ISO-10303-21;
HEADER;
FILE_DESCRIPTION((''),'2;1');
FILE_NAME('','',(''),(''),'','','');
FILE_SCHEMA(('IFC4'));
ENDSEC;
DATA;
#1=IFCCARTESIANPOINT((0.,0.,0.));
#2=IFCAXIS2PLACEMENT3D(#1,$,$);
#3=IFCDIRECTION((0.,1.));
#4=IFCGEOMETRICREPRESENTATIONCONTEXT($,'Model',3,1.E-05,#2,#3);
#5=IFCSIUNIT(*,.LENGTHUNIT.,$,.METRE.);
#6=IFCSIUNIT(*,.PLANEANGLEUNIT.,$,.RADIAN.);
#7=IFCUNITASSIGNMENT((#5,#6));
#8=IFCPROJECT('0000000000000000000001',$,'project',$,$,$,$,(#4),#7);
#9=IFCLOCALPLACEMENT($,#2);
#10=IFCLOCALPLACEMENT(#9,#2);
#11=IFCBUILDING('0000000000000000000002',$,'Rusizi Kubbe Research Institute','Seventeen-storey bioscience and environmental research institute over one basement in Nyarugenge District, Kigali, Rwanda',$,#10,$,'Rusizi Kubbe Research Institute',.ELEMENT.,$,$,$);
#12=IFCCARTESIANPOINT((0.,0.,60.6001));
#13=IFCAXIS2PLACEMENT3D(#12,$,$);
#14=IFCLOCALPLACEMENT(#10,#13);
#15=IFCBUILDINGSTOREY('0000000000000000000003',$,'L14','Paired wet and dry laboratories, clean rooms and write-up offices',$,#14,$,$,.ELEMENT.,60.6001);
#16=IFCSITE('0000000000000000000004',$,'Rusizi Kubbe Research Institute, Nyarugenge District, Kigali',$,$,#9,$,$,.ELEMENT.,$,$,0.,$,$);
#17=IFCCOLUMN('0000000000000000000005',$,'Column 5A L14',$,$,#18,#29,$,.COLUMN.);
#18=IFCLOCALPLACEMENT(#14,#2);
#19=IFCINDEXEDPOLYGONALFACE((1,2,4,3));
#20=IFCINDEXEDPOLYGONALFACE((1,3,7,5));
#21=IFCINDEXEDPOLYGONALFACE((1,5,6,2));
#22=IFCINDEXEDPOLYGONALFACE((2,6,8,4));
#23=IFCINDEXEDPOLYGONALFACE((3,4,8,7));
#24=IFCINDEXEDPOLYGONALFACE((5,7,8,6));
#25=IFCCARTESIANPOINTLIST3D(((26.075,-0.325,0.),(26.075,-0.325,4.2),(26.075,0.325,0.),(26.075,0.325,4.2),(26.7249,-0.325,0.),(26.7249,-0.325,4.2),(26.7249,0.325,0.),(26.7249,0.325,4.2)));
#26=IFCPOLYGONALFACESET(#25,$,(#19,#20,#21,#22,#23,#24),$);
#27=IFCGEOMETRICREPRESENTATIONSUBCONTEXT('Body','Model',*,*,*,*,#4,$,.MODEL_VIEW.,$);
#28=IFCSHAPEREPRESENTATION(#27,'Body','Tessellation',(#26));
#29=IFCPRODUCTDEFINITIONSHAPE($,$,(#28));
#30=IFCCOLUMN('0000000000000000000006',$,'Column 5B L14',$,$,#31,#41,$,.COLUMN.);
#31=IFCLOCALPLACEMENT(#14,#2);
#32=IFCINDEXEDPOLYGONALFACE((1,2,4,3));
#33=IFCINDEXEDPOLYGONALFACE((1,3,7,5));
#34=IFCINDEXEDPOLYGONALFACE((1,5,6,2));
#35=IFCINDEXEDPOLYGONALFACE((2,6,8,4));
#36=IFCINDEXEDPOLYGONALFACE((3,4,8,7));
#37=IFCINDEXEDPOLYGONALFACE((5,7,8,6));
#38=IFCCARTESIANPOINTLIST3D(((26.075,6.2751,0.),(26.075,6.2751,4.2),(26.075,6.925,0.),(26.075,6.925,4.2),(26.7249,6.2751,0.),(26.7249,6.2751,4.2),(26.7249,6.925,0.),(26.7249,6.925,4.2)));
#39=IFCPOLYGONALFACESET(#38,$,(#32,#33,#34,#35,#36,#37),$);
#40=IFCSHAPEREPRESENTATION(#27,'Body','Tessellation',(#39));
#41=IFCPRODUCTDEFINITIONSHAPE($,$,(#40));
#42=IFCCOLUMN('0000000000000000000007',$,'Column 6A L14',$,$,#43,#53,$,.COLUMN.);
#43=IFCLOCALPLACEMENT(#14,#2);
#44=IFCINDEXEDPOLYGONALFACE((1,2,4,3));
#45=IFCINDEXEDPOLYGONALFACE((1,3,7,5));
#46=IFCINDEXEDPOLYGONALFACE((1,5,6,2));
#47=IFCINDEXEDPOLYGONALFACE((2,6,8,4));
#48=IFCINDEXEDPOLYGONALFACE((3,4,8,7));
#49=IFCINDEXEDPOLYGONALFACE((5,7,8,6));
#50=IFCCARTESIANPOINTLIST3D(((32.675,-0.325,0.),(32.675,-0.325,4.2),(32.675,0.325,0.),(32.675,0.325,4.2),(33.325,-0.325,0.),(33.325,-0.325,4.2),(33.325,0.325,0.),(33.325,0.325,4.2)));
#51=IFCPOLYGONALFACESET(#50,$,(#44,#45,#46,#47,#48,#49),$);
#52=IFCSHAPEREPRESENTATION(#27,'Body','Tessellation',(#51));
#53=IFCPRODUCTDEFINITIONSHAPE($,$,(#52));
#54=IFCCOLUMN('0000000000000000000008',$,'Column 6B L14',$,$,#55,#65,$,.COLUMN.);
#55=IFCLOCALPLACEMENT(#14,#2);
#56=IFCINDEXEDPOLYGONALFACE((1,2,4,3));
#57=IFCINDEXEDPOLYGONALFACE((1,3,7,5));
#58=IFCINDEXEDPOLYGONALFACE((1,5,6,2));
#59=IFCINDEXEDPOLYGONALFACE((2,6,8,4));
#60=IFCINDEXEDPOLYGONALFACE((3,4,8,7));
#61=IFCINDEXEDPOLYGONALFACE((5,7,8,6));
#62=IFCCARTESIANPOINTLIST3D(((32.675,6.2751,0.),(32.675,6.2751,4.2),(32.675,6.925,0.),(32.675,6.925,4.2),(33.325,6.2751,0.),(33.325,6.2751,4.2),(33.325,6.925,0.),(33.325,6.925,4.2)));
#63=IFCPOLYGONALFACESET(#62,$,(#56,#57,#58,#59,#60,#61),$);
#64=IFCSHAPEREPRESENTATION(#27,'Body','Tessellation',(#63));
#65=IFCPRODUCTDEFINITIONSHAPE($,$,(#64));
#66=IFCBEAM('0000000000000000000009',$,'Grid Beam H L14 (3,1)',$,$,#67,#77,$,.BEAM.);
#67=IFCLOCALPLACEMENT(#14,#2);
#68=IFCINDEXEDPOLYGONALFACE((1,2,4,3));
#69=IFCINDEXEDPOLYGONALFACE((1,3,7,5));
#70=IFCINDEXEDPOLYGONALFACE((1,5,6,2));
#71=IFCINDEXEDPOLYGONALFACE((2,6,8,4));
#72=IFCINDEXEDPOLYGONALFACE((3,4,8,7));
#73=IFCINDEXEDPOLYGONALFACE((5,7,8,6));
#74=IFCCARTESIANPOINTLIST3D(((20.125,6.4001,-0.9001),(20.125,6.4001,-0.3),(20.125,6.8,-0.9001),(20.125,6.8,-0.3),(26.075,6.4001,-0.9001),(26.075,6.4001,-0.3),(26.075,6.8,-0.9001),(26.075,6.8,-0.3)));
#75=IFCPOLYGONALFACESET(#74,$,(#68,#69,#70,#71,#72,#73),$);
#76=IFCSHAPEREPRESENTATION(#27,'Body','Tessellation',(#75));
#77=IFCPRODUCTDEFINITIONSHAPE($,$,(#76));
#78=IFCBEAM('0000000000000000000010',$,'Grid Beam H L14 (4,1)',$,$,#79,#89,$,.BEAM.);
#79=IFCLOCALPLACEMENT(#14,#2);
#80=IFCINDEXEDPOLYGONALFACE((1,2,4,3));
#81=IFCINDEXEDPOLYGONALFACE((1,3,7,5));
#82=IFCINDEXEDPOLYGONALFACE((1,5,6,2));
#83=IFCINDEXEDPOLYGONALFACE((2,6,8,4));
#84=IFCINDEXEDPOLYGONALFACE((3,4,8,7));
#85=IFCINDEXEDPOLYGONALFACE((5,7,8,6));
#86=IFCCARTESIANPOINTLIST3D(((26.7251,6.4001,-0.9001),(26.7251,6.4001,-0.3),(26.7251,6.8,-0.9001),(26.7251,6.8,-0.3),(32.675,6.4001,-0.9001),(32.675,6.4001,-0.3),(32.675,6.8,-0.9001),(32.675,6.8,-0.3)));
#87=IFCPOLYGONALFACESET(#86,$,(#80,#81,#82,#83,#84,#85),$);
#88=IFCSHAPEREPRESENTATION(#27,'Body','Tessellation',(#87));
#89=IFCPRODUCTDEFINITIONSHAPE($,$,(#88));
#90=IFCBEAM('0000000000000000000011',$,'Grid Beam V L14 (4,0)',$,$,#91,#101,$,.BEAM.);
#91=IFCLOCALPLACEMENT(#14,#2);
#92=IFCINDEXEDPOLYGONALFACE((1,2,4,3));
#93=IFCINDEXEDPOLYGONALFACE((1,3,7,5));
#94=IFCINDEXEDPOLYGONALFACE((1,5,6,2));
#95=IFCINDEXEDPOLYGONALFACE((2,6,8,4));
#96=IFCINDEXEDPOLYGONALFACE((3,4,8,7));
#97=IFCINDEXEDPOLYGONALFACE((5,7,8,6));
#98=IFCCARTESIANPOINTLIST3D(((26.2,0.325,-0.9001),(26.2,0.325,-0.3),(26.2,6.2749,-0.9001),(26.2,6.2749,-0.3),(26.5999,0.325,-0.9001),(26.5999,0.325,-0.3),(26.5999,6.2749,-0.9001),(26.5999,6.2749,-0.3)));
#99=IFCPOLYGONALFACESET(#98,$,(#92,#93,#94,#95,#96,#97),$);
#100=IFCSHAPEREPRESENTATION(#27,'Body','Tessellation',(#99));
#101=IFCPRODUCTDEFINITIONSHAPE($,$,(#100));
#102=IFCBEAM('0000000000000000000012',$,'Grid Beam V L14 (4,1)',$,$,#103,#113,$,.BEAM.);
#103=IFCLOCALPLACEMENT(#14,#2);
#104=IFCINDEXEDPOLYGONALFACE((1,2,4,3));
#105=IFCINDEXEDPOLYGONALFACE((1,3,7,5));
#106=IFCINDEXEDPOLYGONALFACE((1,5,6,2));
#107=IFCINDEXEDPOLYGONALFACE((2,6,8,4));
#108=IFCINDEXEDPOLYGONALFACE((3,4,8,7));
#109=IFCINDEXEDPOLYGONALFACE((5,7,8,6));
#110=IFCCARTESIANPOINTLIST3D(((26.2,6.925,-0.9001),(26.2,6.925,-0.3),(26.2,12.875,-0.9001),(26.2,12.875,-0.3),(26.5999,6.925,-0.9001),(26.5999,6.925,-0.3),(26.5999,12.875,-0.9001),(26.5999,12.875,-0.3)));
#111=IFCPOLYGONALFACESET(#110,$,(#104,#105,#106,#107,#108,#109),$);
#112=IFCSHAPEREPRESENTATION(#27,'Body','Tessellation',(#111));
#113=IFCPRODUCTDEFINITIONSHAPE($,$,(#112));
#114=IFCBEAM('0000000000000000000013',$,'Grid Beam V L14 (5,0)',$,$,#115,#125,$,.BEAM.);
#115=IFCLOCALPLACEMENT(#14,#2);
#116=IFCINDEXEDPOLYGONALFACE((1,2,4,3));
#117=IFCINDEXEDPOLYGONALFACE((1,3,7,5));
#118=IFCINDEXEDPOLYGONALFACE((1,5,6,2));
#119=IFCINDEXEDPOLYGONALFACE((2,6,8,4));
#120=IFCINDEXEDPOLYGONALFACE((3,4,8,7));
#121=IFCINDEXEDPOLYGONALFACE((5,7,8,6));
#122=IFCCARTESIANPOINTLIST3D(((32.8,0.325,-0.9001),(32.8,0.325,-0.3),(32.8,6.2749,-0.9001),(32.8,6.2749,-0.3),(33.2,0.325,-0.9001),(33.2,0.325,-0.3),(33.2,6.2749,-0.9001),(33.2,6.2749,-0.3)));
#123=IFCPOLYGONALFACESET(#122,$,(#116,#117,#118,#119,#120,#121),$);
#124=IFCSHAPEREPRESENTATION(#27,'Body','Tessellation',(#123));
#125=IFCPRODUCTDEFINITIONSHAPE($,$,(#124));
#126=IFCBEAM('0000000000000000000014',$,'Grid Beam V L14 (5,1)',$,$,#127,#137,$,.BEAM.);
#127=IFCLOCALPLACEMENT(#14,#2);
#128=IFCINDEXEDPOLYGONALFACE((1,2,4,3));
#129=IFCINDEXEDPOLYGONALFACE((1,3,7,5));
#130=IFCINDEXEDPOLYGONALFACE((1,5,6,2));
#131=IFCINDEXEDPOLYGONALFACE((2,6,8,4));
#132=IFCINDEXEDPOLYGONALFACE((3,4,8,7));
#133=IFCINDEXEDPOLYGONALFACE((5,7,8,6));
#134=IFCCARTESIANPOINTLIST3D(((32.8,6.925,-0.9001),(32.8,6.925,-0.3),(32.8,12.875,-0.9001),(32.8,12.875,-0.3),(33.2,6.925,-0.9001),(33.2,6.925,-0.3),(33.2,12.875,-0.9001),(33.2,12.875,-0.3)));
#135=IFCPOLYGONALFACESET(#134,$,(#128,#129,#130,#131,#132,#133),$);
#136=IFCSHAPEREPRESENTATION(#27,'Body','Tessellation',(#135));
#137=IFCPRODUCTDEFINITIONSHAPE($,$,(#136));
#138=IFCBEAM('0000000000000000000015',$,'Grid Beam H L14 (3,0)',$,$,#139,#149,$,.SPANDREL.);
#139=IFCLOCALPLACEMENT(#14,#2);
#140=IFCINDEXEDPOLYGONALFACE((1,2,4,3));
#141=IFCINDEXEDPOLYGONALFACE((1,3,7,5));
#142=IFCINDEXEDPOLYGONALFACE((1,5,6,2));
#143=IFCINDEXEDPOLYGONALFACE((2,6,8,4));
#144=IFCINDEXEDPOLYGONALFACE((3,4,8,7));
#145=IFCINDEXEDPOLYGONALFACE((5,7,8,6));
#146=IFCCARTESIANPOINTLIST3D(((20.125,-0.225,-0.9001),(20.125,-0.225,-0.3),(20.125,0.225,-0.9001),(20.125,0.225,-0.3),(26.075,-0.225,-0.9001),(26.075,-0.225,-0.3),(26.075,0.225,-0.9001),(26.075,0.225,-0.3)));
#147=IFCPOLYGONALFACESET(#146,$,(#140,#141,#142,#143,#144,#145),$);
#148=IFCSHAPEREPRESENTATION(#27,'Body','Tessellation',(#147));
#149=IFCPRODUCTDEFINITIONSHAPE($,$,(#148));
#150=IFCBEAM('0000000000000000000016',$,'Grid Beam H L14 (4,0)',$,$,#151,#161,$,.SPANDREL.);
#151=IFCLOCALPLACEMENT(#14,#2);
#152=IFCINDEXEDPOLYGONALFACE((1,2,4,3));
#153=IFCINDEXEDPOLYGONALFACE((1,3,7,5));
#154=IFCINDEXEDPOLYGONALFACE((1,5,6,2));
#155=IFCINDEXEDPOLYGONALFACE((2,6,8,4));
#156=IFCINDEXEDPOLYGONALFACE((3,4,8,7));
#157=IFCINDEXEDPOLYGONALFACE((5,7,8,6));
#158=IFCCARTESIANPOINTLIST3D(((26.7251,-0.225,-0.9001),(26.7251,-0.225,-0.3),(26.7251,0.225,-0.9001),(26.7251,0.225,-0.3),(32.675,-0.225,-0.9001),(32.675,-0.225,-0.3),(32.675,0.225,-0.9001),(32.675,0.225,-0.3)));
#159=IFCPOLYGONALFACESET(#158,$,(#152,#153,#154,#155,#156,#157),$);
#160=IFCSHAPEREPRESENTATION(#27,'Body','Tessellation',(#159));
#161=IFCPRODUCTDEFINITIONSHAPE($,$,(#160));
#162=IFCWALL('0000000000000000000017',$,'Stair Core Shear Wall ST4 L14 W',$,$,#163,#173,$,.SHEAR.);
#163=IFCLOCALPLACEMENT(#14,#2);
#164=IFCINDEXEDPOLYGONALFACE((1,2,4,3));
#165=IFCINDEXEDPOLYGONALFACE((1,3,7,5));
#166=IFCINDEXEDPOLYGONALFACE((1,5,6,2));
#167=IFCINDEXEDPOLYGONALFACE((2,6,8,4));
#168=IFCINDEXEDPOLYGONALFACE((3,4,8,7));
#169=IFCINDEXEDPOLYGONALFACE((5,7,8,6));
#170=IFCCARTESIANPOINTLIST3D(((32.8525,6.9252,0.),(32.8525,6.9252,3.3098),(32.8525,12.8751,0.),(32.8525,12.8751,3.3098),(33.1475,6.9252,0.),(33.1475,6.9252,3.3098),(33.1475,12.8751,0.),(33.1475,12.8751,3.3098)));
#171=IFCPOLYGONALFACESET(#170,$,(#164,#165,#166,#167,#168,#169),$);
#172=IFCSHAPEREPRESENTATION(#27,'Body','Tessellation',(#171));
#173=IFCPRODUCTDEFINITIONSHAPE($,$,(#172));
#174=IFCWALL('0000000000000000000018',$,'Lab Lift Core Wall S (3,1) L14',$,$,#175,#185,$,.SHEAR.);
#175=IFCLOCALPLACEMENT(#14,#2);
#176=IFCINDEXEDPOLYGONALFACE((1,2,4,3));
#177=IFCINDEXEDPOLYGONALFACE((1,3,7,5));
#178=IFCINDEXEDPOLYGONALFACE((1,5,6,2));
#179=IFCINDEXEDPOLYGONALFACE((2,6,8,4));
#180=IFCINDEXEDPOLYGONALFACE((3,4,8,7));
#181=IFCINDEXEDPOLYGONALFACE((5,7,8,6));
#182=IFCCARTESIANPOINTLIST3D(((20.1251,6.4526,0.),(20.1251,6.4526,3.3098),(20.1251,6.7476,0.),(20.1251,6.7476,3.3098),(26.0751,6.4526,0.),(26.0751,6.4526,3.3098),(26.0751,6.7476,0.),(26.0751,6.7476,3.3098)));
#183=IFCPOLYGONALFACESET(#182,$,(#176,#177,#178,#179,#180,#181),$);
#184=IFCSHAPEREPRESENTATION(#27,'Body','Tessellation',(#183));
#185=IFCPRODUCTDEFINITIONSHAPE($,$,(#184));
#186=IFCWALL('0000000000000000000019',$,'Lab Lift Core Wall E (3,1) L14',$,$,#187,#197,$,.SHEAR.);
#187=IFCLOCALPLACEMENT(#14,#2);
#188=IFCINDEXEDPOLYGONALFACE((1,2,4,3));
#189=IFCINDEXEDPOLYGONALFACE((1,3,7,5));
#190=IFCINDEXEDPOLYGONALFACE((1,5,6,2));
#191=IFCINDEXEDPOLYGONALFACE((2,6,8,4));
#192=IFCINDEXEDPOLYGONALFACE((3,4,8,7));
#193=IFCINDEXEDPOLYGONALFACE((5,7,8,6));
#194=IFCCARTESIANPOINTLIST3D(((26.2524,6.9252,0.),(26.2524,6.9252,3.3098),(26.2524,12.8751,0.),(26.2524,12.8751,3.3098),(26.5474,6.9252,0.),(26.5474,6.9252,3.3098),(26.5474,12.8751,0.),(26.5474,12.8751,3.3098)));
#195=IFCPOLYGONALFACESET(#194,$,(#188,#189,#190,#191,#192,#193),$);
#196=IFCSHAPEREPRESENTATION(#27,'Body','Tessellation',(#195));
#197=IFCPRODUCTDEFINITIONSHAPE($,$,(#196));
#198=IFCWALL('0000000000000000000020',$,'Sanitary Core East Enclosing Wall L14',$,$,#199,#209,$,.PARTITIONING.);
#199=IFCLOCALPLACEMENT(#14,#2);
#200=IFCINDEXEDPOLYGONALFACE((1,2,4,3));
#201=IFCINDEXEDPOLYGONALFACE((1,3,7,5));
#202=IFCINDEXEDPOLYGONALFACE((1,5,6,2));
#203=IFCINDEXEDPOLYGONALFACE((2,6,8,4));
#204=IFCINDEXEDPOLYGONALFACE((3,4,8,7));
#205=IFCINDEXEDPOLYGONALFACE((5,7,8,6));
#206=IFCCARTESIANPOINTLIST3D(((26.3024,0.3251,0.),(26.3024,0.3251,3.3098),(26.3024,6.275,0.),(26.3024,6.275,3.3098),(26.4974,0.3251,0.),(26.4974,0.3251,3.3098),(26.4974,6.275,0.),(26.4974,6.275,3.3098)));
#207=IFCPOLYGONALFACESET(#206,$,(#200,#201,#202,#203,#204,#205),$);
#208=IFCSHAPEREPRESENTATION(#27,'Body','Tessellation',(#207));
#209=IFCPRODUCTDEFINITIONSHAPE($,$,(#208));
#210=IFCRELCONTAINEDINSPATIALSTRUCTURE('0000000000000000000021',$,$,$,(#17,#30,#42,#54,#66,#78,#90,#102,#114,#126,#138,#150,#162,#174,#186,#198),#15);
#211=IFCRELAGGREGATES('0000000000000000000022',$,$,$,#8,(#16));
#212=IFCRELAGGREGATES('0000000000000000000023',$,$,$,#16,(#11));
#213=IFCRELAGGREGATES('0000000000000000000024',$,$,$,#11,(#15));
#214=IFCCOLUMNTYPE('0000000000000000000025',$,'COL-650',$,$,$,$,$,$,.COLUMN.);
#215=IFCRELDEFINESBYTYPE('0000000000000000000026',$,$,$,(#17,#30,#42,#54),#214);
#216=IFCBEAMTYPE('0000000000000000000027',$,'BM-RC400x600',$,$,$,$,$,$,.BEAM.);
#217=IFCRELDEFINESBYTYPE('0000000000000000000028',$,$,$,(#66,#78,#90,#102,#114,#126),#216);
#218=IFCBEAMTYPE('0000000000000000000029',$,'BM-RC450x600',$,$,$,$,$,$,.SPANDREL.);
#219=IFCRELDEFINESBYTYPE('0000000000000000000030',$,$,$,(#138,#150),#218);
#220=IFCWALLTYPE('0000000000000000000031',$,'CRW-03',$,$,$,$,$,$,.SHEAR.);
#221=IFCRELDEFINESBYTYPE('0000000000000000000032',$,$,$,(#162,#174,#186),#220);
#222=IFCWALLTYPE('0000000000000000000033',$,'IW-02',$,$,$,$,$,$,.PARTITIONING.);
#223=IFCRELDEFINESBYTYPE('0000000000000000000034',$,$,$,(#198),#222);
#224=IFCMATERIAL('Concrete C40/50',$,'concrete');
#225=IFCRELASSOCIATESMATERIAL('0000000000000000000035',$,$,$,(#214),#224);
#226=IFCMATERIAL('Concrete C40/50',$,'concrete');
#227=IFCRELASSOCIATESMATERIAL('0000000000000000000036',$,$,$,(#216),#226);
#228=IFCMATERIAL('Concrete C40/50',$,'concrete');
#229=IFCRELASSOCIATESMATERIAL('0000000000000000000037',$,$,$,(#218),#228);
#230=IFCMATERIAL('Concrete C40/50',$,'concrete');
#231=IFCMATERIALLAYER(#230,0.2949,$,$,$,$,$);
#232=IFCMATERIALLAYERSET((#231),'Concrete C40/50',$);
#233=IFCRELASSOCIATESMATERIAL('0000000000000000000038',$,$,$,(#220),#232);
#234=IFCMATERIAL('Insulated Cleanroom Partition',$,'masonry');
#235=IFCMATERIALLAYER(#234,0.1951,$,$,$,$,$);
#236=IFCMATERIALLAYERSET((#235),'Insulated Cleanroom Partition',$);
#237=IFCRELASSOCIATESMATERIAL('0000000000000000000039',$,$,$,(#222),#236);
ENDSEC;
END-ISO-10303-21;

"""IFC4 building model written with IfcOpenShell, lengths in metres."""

from ifc_helpers import new_model, si_unit, direction, frame, frame_2d, origin, origin_2d, place, context, subcontext, project, spatial, rectangle, extrude, material, layer, layer_set, material_profile, profile_set, type_object, element, save


model = new_model("IFC4")

# Units and contexts
model_context = context("Model", 3, precision=1e-05, world=origin(), true_north=direction((0.0, 1.0)))
body_context = subcontext(model_context, "Body", "Model", "MODEL_VIEW")
ifc_project = project(units=[si_unit("LENGTHUNIT", "METRE"), si_unit("PLANEANGLEUNIT", "RADIAN")], contexts=[model_context])

# Site, building, storey
site_placement = place(None, origin())
site = spatial("IfcSite", under=ifc_project, at=site_placement, Name="Rusizi Kubbe Research Institute, Nyarugenge District, Kigali", CompositionType="ELEMENT", RefElevation=0.0)
building_placement = place(site_placement, origin())
building = spatial("IfcBuilding", under=site, at=building_placement, Name="Rusizi Kubbe Research Institute", Description="Seventeen-storey bioscience and environmental research institute over one basement in Nyarugenge District, Kigali, Rwanda", LongName="Rusizi Kubbe Research Institute", CompositionType="ELEMENT")
storey_placement = place(building_placement, frame((0.0, 0.0, 60.6001)))
storey = spatial("IfcBuildingStorey", under=building, at=storey_placement, Name="L14", Description="Paired wet and dry laboratories, clean rooms and write-up offices", CompositionType="ELEMENT", Elevation=60.6001)

# Columns
ifc_material_1 = material(Name="Concrete C40/50", Category="concrete")
ifc_material_profile_1 = material_profile(ifc_material_1, rectangle(XDim=0.6499, YDim=0.6499, at=origin_2d()), Name="RC650x650")
ifc_profile_set_1 = profile_set([ifc_material_profile_1], Name="Concrete C40/50")
column_type = type_object("IfcColumnType", Name="COL-650", PredefinedType="COLUMN", material=ifc_profile_set_1)
for number, where, z_axis, x_axis, name in (
    (1, (26.3999, 0.0, 0.0), (0.0, 0.0, 1.0), (1.0, 0.0, 0.0), "Column 5A L14"),
    (2, (26.3999, 6.6001, 0.0), (0.0, 0.0, 1.0), (1.0, 0.0, 0.0), "Column 5B L14"),
    (3, (33.0, 0.0, 0.0), (0.0, 0.0, 1.0), (1.0, 0.0, 0.0), "Column 6A L14"),
    (4, (33.0, 6.6001, 0.0), (0.0, 0.0, 1.0), (1.0, 0.0, 0.0), "Column 6B L14"),
):
    element("IfcColumn", number, at=place(storey_placement, frame(where, z_axis=z_axis, x_axis=x_axis)), inside=storey, type_object=column_type, Name=name, PredefinedType="COLUMN", context=body_context, shape_type="SweptSolid", body=[
        extrude(rectangle(XDim=0.6499, YDim=0.6499, at=origin_2d()), origin(), (0.0, 0.0, 1.0), 4.2),
    ])

# Beams
ifc_material_2 = material(Name="Concrete C40/50", Category="concrete")
ifc_material_profile_2 = material_profile(ifc_material_2, rectangle(XDim=0.3999, YDim=0.6001, at=origin_2d()), Name="RC400x600")
ifc_profile_set_2 = profile_set([ifc_material_profile_2], Name="Concrete C40/50")
beam_type_1 = type_object("IfcBeamType", Name="BM-RC400x600", PredefinedType="BEAM", material=ifc_profile_set_2)
for number, where, z_axis, x_axis, name in (
    (5, (20.125, 6.6001, -0.6001), (1.0, 0.0, 0.0), (0.0, 1.0, 0.0), "Grid Beam H L14 (3,1)"),
    (6, (26.7251, 6.6001, -0.6001), (1.0, 0.0, 0.0), (0.0, 1.0, 0.0), "Grid Beam H L14 (4,1)"),
    (7, (26.3999, 0.325, -0.6001), (0.0, 1.0, 0.0), (-1.0, 0.0, 0.0), "Grid Beam V L14 (4,0)"),
    (8, (26.3999, 6.925, -0.6001), (0.0, 1.0, 0.0), (-1.0, 0.0, 0.0), "Grid Beam V L14 (4,1)"),
    (9, (33.0, 0.325, -0.6001), (0.0, 1.0, 0.0), (-1.0, 0.0, 0.0), "Grid Beam V L14 (5,0)"),
    (10, (33.0, 6.925, -0.6001), (0.0, 1.0, 0.0), (-1.0, 0.0, 0.0), "Grid Beam V L14 (5,1)"),
):
    element("IfcBeam", number, at=place(storey_placement, frame(where, z_axis=z_axis, x_axis=x_axis)), inside=storey, type_object=beam_type_1, Name=name, PredefinedType="BEAM", context=body_context, shape_type="SweptSolid", body=[
        extrude(rectangle(XDim=0.3999, YDim=0.6001, at=origin_2d()), origin(), (0.0, 0.0, 1.0), 5.95),
    ])
ifc_material_3 = material(Name="Concrete C40/50", Category="concrete")
ifc_material_profile_3 = material_profile(ifc_material_3, rectangle(XDim=0.45, YDim=0.6001, at=origin_2d()), Name="RC450x600")
ifc_profile_set_3 = profile_set([ifc_material_profile_3], Name="Concrete C40/50")
beam_type_2 = type_object("IfcBeamType", Name="BM-RC450x600", PredefinedType="SPANDREL", material=ifc_profile_set_3)
for number, where, z_axis, x_axis, name in (
    (11, (20.125, 0.0, -0.6001), (1.0, 0.0, 0.0), (0.0, 1.0, 0.0), "Grid Beam H L14 (3,0)"),
    (12, (26.7251, 0.0, -0.6001), (1.0, 0.0, 0.0), (0.0, 1.0, 0.0), "Grid Beam H L14 (4,0)"),
):
    element("IfcBeam", number, at=place(storey_placement, frame(where, z_axis=z_axis, x_axis=x_axis)), inside=storey, type_object=beam_type_2, Name=name, PredefinedType="SPANDREL", context=body_context, shape_type="SweptSolid", body=[
        extrude(rectangle(XDim=0.45, YDim=0.6001, at=origin_2d()), origin(), (0.0, 0.0, 1.0), 5.95),
    ])

# Walls
ifc_material_4 = material(Name="Concrete C40/50", Category="concrete")
ifc_layer_1 = layer(ifc_material_4, 0.2949)
ifc_layer_set_1 = layer_set([ifc_layer_1], Name="Concrete C40/50")
wall_type_1 = type_object("IfcWallType", Name="CRW-03", PredefinedType="SHEAR", material=ifc_layer_set_1)
for number, where, z_axis, x_axis, name in (
    (13, (33.0, 6.925, 0.0), (0.0, 0.0, 1.0), (0.0, 1.0, 0.0), "Stair Core Shear Wall ST4 L14 W"),
    (14, (20.125, 6.6001, 0.0), (0.0, 0.0, 1.0), (1.0, 0.0, 0.0), "Lab Lift Core Wall S (3,1) L14"),
    (15, (26.3999, 6.925, 0.0), (0.0, 0.0, 1.0), (0.0, 1.0, 0.0), "Lab Lift Core Wall E (3,1) L14"),
):
    element("IfcWall", number, at=place(storey_placement, frame(where, z_axis=z_axis, x_axis=x_axis)), inside=storey, type_object=wall_type_1, Name=name, PredefinedType="SHEAR", context=body_context, shape_type="SweptSolid", body=[
        extrude(rectangle(XDim=5.95, YDim=0.2949, at=frame_2d((2.9751, 0.0))), origin(), (0.0, 0.0, 1.0), 3.3098),
    ])

# Wall
ifc_material_5 = material(Name="Insulated Cleanroom Partition", Category="masonry")
ifc_layer_2 = layer(ifc_material_5, 0.1951)
ifc_layer_set_2 = layer_set([ifc_layer_2], Name="Insulated Cleanroom Partition")
wall_type_2 = type_object("IfcWallType", Name="IW-02", PredefinedType="PARTITIONING", material=ifc_layer_set_2)
wall_1_placement = place(storey_placement, frame((26.3999, 0.325, 0.0), z_axis=(0.0, 0.0, 1.0), x_axis=(0.0, 1.0, 0.0)))
element("IfcWall", 16, at=wall_1_placement, inside=storey, type_object=wall_type_2, Name="Sanitary Core East Enclosing Wall L14", PredefinedType="PARTITIONING", context=body_context, shape_type="SweptSolid", body=[
    extrude(rectangle(XDim=5.95, YDim=0.1951, at=frame_2d((2.9751, 0.0))), origin(), (0.0, 0.0, 1.0), 3.3098),
])

save(model, "model.ifc")
